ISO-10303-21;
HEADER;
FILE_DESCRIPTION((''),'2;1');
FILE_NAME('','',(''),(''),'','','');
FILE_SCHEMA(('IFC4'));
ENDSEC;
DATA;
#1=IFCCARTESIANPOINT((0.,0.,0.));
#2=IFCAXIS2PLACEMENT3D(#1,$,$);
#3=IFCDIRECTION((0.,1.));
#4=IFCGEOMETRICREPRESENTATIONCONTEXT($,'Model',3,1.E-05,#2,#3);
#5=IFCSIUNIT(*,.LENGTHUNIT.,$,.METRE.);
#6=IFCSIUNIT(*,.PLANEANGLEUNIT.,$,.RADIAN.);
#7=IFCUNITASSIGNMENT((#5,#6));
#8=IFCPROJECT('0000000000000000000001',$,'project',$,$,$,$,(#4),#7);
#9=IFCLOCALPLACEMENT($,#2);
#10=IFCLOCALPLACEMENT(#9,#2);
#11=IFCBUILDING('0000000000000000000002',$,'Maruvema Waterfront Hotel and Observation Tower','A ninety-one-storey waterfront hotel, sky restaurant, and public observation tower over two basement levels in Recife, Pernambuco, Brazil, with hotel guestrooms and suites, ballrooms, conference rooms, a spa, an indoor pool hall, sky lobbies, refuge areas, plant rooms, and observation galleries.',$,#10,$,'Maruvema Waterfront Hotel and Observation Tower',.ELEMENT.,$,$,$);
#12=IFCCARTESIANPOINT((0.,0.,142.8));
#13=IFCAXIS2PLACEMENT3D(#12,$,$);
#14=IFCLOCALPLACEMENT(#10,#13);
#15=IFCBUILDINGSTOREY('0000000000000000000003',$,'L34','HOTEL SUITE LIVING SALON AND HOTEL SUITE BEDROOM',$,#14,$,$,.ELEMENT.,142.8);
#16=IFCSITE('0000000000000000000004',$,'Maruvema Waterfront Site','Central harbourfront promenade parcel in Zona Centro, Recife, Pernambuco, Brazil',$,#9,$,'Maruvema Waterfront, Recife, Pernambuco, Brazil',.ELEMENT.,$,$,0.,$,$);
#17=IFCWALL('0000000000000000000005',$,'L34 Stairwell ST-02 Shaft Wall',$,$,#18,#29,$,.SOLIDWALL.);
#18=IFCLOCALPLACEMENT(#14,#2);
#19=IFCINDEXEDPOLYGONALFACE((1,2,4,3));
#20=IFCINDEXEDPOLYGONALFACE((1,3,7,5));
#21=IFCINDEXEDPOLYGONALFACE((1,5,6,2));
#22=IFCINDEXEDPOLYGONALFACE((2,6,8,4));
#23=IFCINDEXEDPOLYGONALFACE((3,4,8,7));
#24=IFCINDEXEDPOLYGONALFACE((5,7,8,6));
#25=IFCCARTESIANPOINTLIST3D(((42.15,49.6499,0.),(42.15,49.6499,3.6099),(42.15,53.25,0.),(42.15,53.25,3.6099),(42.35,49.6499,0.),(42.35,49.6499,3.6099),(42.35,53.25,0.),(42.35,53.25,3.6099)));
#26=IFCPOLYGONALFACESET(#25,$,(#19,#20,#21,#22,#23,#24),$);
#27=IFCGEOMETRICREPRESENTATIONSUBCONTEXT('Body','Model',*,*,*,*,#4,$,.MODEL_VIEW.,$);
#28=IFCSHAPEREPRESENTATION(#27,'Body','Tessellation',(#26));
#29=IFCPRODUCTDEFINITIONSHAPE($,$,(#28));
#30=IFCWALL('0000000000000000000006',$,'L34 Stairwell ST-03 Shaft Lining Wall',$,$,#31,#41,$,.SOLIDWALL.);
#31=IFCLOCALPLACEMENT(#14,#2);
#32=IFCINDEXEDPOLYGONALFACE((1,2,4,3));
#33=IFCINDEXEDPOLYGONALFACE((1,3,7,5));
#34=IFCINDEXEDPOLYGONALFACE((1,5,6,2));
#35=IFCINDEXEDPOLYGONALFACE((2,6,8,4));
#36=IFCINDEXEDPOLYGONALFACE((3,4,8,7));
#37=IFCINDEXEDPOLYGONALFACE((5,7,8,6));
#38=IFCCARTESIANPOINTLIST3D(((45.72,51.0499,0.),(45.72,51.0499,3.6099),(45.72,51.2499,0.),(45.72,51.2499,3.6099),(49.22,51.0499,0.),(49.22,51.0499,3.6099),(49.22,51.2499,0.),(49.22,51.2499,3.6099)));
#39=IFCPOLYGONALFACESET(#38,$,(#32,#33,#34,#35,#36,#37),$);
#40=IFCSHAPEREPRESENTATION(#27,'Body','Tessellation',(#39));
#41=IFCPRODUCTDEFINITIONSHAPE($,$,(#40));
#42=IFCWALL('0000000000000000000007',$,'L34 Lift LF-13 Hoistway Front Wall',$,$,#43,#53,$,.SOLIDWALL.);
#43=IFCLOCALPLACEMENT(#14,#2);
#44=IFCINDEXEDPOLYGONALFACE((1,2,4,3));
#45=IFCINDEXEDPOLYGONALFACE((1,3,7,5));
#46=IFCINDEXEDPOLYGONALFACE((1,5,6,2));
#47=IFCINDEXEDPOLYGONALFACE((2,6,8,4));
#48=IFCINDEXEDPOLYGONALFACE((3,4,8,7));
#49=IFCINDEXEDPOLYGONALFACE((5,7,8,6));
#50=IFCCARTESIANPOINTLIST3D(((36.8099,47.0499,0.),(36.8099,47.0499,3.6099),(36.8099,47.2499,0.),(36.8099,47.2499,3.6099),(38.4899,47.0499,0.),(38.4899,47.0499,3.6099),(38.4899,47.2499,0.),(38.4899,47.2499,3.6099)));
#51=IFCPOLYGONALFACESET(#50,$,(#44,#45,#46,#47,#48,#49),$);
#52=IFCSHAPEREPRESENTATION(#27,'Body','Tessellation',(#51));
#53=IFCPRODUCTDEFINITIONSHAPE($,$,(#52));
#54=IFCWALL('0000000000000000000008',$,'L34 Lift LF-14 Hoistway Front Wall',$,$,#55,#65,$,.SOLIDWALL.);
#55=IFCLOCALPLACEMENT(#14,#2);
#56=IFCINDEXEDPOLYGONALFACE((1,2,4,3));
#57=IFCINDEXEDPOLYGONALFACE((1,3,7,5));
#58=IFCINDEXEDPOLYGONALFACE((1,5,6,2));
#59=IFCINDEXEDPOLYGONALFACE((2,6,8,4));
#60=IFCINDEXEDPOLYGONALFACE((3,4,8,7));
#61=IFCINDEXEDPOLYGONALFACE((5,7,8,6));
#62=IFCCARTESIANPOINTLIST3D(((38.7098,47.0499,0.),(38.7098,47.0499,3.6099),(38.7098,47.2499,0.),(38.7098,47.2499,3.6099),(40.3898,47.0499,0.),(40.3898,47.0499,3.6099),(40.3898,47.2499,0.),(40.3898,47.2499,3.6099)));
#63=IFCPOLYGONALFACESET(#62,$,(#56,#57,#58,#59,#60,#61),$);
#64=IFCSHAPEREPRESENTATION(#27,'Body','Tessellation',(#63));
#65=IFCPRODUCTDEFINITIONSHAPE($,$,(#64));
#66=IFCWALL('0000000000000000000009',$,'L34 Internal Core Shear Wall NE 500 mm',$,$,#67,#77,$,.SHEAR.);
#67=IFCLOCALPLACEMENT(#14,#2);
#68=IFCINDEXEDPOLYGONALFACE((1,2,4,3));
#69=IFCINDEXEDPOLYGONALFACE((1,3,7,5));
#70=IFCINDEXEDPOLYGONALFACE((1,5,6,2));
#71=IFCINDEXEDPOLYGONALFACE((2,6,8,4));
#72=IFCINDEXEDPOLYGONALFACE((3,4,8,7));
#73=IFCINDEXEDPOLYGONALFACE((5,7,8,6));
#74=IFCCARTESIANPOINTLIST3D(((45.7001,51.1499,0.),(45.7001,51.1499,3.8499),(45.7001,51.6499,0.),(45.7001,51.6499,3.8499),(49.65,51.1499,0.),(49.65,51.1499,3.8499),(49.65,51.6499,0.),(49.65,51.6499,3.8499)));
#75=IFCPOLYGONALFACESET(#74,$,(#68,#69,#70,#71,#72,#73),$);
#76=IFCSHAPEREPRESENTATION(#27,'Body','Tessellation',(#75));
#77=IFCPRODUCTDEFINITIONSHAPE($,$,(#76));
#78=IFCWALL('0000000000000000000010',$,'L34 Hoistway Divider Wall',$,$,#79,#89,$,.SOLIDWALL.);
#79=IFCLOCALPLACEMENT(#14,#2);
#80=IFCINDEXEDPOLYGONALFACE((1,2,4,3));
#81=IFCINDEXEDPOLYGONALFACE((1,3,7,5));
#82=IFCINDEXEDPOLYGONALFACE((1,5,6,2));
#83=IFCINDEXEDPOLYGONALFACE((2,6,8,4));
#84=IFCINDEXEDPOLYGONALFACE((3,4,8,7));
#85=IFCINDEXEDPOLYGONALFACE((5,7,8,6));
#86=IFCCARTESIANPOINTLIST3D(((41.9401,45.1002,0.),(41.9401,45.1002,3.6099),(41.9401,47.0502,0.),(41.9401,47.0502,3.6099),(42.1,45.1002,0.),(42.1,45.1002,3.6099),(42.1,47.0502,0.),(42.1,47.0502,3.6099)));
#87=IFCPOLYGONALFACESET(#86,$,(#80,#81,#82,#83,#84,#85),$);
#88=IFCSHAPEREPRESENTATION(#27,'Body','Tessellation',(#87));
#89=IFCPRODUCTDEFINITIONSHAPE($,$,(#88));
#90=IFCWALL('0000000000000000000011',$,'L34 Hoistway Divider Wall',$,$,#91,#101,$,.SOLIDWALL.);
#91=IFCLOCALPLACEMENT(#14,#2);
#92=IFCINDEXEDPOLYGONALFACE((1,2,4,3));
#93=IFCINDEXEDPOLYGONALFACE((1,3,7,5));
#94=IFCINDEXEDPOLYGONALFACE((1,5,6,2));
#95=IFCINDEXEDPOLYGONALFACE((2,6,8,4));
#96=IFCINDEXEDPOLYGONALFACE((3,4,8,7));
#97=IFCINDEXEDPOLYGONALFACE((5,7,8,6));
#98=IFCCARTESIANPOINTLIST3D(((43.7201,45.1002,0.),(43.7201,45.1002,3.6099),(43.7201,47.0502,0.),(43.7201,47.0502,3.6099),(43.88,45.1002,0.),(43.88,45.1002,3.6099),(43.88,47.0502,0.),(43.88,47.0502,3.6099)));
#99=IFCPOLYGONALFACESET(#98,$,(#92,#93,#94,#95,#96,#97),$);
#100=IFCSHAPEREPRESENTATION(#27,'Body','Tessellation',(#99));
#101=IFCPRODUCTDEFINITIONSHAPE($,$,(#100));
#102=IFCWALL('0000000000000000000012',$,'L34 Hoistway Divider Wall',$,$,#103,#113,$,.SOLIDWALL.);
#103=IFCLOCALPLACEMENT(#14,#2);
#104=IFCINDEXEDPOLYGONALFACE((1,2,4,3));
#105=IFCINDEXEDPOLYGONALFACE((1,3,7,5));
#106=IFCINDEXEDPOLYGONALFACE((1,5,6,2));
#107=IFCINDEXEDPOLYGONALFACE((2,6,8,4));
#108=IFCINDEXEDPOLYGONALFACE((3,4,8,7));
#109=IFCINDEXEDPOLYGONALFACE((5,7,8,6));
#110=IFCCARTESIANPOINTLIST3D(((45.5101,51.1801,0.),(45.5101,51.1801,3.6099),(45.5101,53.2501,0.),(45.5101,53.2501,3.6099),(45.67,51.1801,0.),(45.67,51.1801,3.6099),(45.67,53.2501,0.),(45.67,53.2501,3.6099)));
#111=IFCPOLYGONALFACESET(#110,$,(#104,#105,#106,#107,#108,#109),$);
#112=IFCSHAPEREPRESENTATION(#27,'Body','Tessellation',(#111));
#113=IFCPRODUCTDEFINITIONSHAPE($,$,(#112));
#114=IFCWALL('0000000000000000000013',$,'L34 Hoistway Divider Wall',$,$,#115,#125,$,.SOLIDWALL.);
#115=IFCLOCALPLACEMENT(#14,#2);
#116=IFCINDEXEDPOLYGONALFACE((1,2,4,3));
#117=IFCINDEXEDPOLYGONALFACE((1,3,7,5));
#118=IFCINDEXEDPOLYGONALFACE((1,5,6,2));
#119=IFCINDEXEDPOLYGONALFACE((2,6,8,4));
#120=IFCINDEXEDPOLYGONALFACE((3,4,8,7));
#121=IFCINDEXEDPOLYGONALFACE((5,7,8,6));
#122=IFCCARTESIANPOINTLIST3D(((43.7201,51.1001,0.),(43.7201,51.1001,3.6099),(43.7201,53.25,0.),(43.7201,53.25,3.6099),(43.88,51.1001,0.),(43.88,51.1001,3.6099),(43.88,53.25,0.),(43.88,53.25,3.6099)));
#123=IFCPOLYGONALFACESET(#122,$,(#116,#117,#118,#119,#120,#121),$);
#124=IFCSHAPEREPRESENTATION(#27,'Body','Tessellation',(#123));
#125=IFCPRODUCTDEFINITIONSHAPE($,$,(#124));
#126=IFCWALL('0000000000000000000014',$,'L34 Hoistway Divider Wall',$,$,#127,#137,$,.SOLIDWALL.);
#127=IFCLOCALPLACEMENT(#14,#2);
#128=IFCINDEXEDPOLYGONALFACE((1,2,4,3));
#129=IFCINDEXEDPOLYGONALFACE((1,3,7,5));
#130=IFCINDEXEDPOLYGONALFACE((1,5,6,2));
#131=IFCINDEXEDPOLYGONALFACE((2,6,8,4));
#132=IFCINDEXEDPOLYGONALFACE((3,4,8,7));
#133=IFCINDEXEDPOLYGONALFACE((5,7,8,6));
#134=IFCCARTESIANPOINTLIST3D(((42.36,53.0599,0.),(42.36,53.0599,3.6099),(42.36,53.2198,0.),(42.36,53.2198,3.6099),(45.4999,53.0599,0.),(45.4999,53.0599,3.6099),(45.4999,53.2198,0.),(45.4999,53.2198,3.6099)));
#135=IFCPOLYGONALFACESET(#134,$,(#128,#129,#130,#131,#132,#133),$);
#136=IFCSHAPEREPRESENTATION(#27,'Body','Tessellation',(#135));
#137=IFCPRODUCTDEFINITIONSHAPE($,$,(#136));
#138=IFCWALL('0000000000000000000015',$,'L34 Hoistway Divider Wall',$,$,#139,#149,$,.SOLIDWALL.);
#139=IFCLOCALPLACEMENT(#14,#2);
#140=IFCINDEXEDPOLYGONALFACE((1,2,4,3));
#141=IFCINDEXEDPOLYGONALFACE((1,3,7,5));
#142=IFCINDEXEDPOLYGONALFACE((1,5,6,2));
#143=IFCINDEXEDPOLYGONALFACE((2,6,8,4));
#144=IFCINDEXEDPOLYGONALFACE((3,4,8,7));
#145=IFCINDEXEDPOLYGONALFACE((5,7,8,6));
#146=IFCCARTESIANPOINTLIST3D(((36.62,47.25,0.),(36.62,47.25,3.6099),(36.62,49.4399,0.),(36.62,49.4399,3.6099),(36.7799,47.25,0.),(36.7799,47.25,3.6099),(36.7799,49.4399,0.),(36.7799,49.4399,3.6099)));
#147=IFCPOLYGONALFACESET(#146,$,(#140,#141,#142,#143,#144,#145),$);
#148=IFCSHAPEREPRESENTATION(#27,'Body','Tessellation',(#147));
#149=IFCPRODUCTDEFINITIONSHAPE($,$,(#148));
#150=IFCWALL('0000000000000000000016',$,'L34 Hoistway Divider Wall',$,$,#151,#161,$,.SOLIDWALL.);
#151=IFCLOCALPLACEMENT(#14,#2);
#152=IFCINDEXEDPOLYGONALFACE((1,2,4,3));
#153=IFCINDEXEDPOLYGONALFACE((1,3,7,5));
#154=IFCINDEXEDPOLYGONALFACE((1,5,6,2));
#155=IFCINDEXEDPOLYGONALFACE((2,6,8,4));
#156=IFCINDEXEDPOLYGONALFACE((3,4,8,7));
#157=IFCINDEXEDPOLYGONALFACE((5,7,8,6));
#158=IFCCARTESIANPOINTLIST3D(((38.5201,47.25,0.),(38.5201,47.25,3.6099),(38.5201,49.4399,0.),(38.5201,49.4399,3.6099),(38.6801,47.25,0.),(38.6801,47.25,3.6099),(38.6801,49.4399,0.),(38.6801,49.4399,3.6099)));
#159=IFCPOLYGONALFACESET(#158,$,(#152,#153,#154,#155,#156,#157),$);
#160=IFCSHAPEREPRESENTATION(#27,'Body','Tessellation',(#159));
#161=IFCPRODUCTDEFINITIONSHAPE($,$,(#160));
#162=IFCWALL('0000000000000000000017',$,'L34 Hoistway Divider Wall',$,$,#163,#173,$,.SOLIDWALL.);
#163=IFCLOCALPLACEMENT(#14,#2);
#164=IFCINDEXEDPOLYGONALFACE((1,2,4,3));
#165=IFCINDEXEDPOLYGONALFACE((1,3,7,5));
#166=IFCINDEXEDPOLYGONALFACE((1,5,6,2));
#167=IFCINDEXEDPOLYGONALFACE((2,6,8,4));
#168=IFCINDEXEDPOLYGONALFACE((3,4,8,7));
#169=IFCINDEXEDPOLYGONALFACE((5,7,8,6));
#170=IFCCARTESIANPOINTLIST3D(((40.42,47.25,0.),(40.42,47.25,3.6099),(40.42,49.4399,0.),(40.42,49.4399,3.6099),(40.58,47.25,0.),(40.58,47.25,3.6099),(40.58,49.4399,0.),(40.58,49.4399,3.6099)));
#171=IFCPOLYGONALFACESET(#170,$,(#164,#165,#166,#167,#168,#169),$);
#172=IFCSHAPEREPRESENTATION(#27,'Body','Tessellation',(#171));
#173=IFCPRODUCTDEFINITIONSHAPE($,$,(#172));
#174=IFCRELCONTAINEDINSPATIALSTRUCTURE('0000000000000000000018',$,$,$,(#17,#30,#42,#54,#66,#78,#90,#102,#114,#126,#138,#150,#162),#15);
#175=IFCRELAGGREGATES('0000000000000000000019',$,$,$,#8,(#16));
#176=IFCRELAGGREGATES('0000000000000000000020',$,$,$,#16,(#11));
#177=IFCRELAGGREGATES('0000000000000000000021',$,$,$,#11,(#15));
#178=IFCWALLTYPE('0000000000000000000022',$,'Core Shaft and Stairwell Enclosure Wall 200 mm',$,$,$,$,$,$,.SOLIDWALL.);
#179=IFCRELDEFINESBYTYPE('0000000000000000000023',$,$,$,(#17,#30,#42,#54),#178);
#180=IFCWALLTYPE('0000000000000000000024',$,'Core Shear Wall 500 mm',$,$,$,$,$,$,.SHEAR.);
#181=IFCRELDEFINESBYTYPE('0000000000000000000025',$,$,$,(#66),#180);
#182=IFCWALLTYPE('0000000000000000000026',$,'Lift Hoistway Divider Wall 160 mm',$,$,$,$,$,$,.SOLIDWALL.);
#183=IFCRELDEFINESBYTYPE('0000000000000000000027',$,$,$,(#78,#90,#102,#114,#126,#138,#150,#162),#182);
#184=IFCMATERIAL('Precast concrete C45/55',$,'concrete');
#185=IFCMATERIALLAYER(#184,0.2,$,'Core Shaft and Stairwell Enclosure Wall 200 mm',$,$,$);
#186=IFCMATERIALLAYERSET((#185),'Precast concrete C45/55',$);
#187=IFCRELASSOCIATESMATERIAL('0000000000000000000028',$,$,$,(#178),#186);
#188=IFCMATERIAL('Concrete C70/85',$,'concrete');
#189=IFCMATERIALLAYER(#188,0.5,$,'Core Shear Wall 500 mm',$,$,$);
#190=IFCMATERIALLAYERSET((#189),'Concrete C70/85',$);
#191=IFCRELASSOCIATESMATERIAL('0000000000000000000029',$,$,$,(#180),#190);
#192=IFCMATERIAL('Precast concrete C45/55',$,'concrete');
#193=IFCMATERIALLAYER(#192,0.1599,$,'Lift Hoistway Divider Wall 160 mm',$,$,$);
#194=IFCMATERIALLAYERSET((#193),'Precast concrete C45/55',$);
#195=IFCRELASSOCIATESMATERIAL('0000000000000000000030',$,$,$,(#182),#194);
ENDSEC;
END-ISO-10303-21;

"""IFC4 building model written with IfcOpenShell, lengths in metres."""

from ifc_helpers import new_model, si_unit, direction, frame, frame_2d, origin, place, context, subcontext, project, spatial, rectangle, extrude, material, layer, layer_set, type_object, element, save


model = new_model("IFC4")

# Units and contexts
model_context = context("Model", 3, precision=1e-05, world=origin(), true_north=direction((0.0, 1.0)))
body_context = subcontext(model_context, "Body", "Model", "MODEL_VIEW")
ifc_project = project(units=[si_unit("LENGTHUNIT", "METRE"), si_unit("PLANEANGLEUNIT", "RADIAN")], contexts=[model_context])

# Site, building, storey
site_placement = place(None, origin())
site = spatial("IfcSite", under=ifc_project, at=site_placement, Name="Maruvema Waterfront Site", Description="Central harbourfront promenade parcel in Zona Centro, Recife, Pernambuco, Brazil", LongName="Maruvema Waterfront, Recife, Pernambuco, Brazil", CompositionType="ELEMENT", RefElevation=0.0)
building_placement = place(site_placement, origin())
building = spatial("IfcBuilding", under=site, at=building_placement, Name="Maruvema Waterfront Hotel and Observation Tower", Description="A ninety-one-storey waterfront hotel, sky restaurant, and public observation tower over two basement levels in Recife, Pernambuco, Brazil, with hotel guestrooms and suites, ballrooms, conference rooms, a spa, an indoor pool hall, sky lobbies, refuge areas, plant rooms, and observation galleries.", LongName="Maruvema Waterfront Hotel and Observation Tower", CompositionType="ELEMENT")
storey_placement = place(building_placement, frame((0.0, 0.0, 142.8)))
storey = spatial("IfcBuildingStorey", under=building, at=storey_placement, Name="L34", Description="HOTEL SUITE LIVING SALON AND HOTEL SUITE BEDROOM", CompositionType="ELEMENT", Elevation=142.8)

# Walls
ifc_material_1 = material(Name="Precast concrete C45/55", Category="concrete")
ifc_layer_1 = layer(ifc_material_1, 0.2, Name="Core Shaft and Stairwell Enclosure Wall 200 mm")
ifc_layer_set_1 = layer_set([ifc_layer_1], Name="Precast concrete C45/55")
wall_type_1 = type_object("IfcWallType", Name="Core Shaft and Stairwell Enclosure Wall 200 mm", PredefinedType="SOLIDWALL", material=ifc_layer_set_1)
wall_1_placement = place(storey_placement, frame((42.25, 49.6499, 0.0), z_axis=(0.0, 0.0, 1.0), x_axis=(0.0, 1.0, 0.0)))
element("IfcWall", 1, at=wall_1_placement, inside=storey, type_object=wall_type_1, Name="L34 Stairwell ST-02 Shaft Wall", PredefinedType="SOLIDWALL", context=body_context, shape_type="SweptSolid", body=[
    extrude(rectangle(XDim=3.6001, YDim=0.2, at=frame_2d((1.8, 0.0))), origin(), (0.0, 0.0, 1.0), 3.6099),
])
wall_2_placement = place(storey_placement, frame((45.72, 51.1499, 0.0), z_axis=(0.0, 0.0, 1.0), x_axis=(1.0, 0.0, 0.0)))
element("IfcWall", 2, at=wall_2_placement, inside=storey, type_object=wall_type_1, Name="L34 Stairwell ST-03 Shaft Lining Wall", PredefinedType="SOLIDWALL", context=body_context, shape_type="SweptSolid", body=[
    extrude(rectangle(XDim=3.5, YDim=0.2, at=frame_2d((1.75, 0.0))), origin(), (0.0, 0.0, 1.0), 3.6099),
])

# Walls
for number, where, z_axis, x_axis, name in (
    (3, (36.8101, 47.1499, 0.0), (0.0, 0.0, 1.0), (1.0, 0.0, 0.0), "L34 Lift LF-13 Hoistway Front Wall"),
    (4, (38.71, 47.1499, 0.0), (0.0, 0.0, 1.0), (1.0, 0.0, 0.0), "L34 Lift LF-14 Hoistway Front Wall"),
):
    element("IfcWall", number, at=place(storey_placement, frame(where, z_axis=z_axis, x_axis=x_axis)), inside=storey, type_object=wall_type_1, Name=name, PredefinedType="SOLIDWALL", context=body_context, shape_type="SweptSolid", body=[
        extrude(rectangle(XDim=1.6799, YDim=0.2, at=frame_2d((0.8398, 0.0))), origin(), (0.0, 0.0, 1.0), 3.6099),
    ])
ifc_material_2 = material(Name="Concrete C70/85", Category="concrete")
ifc_layer_2 = layer(ifc_material_2, 0.5, Name="Core Shear Wall 500 mm")
ifc_layer_set_2 = layer_set([ifc_layer_2], Name="Concrete C70/85")
wall_type_2 = type_object("IfcWallType", Name="Core Shear Wall 500 mm", PredefinedType="SHEAR", material=ifc_layer_set_2)
wall_3_placement = place(storey_placement, frame((45.7, 51.3999, 0.0), z_axis=(0.0, 0.0, 1.0), x_axis=(1.0, 0.0, 0.0)))
element("IfcWall", 5, at=wall_3_placement, inside=storey, type_object=wall_type_2, Name="L34 Internal Core Shear Wall NE 500 mm", PredefinedType="SHEAR", context=body_context, shape_type="SweptSolid", body=[
    extrude(rectangle(XDim=3.95, YDim=0.5, at=frame_2d((1.9751, 0.0))), origin(), (0.0, 0.0, 1.0), 3.8499),
])
ifc_material_3 = material(Name="Precast concrete C45/55", Category="concrete")
ifc_layer_3 = layer(ifc_material_3, 0.1599, Name="Lift Hoistway Divider Wall 160 mm")
ifc_layer_set_3 = layer_set([ifc_layer_3], Name="Precast concrete C45/55")
wall_type_3 = type_object("IfcWallType", Name="Lift Hoistway Divider Wall 160 mm", PredefinedType="SOLIDWALL", material=ifc_layer_set_3)
for number, where, z_axis, x_axis, name in (
    (6, (42.02, 45.1001, 0.0), (0.0, 0.0, 1.0), (0.0, 1.0, 0.0), "L34 Hoistway Divider Wall"),
    (7, (43.8, 45.1001, 0.0), (0.0, 0.0, 1.0), (0.0, 1.0, 0.0), "L34 Hoistway Divider Wall"),
):
    element("IfcWall", number, at=place(storey_placement, frame(where, z_axis=z_axis, x_axis=x_axis)), inside=storey, type_object=wall_type_3, Name=name, PredefinedType="SOLIDWALL", context=body_context, shape_type="SweptSolid", body=[
        extrude(rectangle(XDim=1.95, YDim=0.1599, at=frame_2d((0.9751, 0.0))), origin(), (0.0, 0.0, 1.0), 3.6099),
    ])
wall_4_placement = place(storey_placement, frame((45.5901, 51.1799, 0.0), z_axis=(0.0, 0.0, 1.0), x_axis=(0.0, 1.0, 0.0)))
element("IfcWall", 8, at=wall_4_placement, inside=storey, type_object=wall_type_3, Name="L34 Hoistway Divider Wall", PredefinedType="SOLIDWALL", context=body_context, shape_type="SweptSolid", body=[
    extrude(rectangle(XDim=2.0701, YDim=0.1599, at=frame_2d((1.0352, 0.0))), origin(), (0.0, 0.0, 1.0), 3.6099),
])
wall_5_placement = place(storey_placement, frame((43.8, 51.1001, 0.0), z_axis=(0.0, 0.0, 1.0), x_axis=(0.0, 1.0, 0.0)))
element("IfcWall", 9, at=wall_5_placement, inside=storey, type_object=wall_type_3, Name="L34 Hoistway Divider Wall", PredefinedType="SOLIDWALL", context=body_context, shape_type="SweptSolid", body=[
    extrude(rectangle(XDim=2.1499, YDim=0.1599, at=frame_2d((1.075, 0.0))), origin(), (0.0, 0.0, 1.0), 3.6099),
])
wall_6_placement = place(storey_placement, frame((42.3601, 53.1399, 0.0), z_axis=(0.0, 0.0, 1.0), x_axis=(1.0, 0.0, 0.0)))
element("IfcWall", 10, at=wall_6_placement, inside=storey, type_object=wall_type_3, Name="L34 Hoistway Divider Wall", PredefinedType="SOLIDWALL", context=body_context, shape_type="SweptSolid", body=[
    extrude(rectangle(XDim=3.1399, YDim=0.1599, at=frame_2d((1.5698, 0.0))), origin(), (0.0, 0.0, 1.0), 3.6099),
])
for number, where, z_axis, x_axis, name in (
    (11, (36.7, 47.25, 0.0), (0.0, 0.0, 1.0), (0.0, 1.0, 0.0), "L34 Hoistway Divider Wall"),
    (12, (38.6001, 47.25, 0.0), (0.0, 0.0, 1.0), (0.0, 1.0, 0.0), "L34 Hoistway Divider Wall"),
    (13, (40.5, 47.25, 0.0), (0.0, 0.0, 1.0), (0.0, 1.0, 0.0), "L34 Hoistway Divider Wall"),
):
    element("IfcWall", number, at=place(storey_placement, frame(where, z_axis=z_axis, x_axis=x_axis)), inside=storey, type_object=wall_type_3, Name=name, PredefinedType="SOLIDWALL", context=body_context, shape_type="SweptSolid", body=[
        extrude(rectangle(XDim=2.1899, YDim=0.1599, at=frame_2d((1.095, 0.0))), origin(), (0.0, 0.0, 1.0), 3.6099),
    ])

save(model, "model.ifc")
